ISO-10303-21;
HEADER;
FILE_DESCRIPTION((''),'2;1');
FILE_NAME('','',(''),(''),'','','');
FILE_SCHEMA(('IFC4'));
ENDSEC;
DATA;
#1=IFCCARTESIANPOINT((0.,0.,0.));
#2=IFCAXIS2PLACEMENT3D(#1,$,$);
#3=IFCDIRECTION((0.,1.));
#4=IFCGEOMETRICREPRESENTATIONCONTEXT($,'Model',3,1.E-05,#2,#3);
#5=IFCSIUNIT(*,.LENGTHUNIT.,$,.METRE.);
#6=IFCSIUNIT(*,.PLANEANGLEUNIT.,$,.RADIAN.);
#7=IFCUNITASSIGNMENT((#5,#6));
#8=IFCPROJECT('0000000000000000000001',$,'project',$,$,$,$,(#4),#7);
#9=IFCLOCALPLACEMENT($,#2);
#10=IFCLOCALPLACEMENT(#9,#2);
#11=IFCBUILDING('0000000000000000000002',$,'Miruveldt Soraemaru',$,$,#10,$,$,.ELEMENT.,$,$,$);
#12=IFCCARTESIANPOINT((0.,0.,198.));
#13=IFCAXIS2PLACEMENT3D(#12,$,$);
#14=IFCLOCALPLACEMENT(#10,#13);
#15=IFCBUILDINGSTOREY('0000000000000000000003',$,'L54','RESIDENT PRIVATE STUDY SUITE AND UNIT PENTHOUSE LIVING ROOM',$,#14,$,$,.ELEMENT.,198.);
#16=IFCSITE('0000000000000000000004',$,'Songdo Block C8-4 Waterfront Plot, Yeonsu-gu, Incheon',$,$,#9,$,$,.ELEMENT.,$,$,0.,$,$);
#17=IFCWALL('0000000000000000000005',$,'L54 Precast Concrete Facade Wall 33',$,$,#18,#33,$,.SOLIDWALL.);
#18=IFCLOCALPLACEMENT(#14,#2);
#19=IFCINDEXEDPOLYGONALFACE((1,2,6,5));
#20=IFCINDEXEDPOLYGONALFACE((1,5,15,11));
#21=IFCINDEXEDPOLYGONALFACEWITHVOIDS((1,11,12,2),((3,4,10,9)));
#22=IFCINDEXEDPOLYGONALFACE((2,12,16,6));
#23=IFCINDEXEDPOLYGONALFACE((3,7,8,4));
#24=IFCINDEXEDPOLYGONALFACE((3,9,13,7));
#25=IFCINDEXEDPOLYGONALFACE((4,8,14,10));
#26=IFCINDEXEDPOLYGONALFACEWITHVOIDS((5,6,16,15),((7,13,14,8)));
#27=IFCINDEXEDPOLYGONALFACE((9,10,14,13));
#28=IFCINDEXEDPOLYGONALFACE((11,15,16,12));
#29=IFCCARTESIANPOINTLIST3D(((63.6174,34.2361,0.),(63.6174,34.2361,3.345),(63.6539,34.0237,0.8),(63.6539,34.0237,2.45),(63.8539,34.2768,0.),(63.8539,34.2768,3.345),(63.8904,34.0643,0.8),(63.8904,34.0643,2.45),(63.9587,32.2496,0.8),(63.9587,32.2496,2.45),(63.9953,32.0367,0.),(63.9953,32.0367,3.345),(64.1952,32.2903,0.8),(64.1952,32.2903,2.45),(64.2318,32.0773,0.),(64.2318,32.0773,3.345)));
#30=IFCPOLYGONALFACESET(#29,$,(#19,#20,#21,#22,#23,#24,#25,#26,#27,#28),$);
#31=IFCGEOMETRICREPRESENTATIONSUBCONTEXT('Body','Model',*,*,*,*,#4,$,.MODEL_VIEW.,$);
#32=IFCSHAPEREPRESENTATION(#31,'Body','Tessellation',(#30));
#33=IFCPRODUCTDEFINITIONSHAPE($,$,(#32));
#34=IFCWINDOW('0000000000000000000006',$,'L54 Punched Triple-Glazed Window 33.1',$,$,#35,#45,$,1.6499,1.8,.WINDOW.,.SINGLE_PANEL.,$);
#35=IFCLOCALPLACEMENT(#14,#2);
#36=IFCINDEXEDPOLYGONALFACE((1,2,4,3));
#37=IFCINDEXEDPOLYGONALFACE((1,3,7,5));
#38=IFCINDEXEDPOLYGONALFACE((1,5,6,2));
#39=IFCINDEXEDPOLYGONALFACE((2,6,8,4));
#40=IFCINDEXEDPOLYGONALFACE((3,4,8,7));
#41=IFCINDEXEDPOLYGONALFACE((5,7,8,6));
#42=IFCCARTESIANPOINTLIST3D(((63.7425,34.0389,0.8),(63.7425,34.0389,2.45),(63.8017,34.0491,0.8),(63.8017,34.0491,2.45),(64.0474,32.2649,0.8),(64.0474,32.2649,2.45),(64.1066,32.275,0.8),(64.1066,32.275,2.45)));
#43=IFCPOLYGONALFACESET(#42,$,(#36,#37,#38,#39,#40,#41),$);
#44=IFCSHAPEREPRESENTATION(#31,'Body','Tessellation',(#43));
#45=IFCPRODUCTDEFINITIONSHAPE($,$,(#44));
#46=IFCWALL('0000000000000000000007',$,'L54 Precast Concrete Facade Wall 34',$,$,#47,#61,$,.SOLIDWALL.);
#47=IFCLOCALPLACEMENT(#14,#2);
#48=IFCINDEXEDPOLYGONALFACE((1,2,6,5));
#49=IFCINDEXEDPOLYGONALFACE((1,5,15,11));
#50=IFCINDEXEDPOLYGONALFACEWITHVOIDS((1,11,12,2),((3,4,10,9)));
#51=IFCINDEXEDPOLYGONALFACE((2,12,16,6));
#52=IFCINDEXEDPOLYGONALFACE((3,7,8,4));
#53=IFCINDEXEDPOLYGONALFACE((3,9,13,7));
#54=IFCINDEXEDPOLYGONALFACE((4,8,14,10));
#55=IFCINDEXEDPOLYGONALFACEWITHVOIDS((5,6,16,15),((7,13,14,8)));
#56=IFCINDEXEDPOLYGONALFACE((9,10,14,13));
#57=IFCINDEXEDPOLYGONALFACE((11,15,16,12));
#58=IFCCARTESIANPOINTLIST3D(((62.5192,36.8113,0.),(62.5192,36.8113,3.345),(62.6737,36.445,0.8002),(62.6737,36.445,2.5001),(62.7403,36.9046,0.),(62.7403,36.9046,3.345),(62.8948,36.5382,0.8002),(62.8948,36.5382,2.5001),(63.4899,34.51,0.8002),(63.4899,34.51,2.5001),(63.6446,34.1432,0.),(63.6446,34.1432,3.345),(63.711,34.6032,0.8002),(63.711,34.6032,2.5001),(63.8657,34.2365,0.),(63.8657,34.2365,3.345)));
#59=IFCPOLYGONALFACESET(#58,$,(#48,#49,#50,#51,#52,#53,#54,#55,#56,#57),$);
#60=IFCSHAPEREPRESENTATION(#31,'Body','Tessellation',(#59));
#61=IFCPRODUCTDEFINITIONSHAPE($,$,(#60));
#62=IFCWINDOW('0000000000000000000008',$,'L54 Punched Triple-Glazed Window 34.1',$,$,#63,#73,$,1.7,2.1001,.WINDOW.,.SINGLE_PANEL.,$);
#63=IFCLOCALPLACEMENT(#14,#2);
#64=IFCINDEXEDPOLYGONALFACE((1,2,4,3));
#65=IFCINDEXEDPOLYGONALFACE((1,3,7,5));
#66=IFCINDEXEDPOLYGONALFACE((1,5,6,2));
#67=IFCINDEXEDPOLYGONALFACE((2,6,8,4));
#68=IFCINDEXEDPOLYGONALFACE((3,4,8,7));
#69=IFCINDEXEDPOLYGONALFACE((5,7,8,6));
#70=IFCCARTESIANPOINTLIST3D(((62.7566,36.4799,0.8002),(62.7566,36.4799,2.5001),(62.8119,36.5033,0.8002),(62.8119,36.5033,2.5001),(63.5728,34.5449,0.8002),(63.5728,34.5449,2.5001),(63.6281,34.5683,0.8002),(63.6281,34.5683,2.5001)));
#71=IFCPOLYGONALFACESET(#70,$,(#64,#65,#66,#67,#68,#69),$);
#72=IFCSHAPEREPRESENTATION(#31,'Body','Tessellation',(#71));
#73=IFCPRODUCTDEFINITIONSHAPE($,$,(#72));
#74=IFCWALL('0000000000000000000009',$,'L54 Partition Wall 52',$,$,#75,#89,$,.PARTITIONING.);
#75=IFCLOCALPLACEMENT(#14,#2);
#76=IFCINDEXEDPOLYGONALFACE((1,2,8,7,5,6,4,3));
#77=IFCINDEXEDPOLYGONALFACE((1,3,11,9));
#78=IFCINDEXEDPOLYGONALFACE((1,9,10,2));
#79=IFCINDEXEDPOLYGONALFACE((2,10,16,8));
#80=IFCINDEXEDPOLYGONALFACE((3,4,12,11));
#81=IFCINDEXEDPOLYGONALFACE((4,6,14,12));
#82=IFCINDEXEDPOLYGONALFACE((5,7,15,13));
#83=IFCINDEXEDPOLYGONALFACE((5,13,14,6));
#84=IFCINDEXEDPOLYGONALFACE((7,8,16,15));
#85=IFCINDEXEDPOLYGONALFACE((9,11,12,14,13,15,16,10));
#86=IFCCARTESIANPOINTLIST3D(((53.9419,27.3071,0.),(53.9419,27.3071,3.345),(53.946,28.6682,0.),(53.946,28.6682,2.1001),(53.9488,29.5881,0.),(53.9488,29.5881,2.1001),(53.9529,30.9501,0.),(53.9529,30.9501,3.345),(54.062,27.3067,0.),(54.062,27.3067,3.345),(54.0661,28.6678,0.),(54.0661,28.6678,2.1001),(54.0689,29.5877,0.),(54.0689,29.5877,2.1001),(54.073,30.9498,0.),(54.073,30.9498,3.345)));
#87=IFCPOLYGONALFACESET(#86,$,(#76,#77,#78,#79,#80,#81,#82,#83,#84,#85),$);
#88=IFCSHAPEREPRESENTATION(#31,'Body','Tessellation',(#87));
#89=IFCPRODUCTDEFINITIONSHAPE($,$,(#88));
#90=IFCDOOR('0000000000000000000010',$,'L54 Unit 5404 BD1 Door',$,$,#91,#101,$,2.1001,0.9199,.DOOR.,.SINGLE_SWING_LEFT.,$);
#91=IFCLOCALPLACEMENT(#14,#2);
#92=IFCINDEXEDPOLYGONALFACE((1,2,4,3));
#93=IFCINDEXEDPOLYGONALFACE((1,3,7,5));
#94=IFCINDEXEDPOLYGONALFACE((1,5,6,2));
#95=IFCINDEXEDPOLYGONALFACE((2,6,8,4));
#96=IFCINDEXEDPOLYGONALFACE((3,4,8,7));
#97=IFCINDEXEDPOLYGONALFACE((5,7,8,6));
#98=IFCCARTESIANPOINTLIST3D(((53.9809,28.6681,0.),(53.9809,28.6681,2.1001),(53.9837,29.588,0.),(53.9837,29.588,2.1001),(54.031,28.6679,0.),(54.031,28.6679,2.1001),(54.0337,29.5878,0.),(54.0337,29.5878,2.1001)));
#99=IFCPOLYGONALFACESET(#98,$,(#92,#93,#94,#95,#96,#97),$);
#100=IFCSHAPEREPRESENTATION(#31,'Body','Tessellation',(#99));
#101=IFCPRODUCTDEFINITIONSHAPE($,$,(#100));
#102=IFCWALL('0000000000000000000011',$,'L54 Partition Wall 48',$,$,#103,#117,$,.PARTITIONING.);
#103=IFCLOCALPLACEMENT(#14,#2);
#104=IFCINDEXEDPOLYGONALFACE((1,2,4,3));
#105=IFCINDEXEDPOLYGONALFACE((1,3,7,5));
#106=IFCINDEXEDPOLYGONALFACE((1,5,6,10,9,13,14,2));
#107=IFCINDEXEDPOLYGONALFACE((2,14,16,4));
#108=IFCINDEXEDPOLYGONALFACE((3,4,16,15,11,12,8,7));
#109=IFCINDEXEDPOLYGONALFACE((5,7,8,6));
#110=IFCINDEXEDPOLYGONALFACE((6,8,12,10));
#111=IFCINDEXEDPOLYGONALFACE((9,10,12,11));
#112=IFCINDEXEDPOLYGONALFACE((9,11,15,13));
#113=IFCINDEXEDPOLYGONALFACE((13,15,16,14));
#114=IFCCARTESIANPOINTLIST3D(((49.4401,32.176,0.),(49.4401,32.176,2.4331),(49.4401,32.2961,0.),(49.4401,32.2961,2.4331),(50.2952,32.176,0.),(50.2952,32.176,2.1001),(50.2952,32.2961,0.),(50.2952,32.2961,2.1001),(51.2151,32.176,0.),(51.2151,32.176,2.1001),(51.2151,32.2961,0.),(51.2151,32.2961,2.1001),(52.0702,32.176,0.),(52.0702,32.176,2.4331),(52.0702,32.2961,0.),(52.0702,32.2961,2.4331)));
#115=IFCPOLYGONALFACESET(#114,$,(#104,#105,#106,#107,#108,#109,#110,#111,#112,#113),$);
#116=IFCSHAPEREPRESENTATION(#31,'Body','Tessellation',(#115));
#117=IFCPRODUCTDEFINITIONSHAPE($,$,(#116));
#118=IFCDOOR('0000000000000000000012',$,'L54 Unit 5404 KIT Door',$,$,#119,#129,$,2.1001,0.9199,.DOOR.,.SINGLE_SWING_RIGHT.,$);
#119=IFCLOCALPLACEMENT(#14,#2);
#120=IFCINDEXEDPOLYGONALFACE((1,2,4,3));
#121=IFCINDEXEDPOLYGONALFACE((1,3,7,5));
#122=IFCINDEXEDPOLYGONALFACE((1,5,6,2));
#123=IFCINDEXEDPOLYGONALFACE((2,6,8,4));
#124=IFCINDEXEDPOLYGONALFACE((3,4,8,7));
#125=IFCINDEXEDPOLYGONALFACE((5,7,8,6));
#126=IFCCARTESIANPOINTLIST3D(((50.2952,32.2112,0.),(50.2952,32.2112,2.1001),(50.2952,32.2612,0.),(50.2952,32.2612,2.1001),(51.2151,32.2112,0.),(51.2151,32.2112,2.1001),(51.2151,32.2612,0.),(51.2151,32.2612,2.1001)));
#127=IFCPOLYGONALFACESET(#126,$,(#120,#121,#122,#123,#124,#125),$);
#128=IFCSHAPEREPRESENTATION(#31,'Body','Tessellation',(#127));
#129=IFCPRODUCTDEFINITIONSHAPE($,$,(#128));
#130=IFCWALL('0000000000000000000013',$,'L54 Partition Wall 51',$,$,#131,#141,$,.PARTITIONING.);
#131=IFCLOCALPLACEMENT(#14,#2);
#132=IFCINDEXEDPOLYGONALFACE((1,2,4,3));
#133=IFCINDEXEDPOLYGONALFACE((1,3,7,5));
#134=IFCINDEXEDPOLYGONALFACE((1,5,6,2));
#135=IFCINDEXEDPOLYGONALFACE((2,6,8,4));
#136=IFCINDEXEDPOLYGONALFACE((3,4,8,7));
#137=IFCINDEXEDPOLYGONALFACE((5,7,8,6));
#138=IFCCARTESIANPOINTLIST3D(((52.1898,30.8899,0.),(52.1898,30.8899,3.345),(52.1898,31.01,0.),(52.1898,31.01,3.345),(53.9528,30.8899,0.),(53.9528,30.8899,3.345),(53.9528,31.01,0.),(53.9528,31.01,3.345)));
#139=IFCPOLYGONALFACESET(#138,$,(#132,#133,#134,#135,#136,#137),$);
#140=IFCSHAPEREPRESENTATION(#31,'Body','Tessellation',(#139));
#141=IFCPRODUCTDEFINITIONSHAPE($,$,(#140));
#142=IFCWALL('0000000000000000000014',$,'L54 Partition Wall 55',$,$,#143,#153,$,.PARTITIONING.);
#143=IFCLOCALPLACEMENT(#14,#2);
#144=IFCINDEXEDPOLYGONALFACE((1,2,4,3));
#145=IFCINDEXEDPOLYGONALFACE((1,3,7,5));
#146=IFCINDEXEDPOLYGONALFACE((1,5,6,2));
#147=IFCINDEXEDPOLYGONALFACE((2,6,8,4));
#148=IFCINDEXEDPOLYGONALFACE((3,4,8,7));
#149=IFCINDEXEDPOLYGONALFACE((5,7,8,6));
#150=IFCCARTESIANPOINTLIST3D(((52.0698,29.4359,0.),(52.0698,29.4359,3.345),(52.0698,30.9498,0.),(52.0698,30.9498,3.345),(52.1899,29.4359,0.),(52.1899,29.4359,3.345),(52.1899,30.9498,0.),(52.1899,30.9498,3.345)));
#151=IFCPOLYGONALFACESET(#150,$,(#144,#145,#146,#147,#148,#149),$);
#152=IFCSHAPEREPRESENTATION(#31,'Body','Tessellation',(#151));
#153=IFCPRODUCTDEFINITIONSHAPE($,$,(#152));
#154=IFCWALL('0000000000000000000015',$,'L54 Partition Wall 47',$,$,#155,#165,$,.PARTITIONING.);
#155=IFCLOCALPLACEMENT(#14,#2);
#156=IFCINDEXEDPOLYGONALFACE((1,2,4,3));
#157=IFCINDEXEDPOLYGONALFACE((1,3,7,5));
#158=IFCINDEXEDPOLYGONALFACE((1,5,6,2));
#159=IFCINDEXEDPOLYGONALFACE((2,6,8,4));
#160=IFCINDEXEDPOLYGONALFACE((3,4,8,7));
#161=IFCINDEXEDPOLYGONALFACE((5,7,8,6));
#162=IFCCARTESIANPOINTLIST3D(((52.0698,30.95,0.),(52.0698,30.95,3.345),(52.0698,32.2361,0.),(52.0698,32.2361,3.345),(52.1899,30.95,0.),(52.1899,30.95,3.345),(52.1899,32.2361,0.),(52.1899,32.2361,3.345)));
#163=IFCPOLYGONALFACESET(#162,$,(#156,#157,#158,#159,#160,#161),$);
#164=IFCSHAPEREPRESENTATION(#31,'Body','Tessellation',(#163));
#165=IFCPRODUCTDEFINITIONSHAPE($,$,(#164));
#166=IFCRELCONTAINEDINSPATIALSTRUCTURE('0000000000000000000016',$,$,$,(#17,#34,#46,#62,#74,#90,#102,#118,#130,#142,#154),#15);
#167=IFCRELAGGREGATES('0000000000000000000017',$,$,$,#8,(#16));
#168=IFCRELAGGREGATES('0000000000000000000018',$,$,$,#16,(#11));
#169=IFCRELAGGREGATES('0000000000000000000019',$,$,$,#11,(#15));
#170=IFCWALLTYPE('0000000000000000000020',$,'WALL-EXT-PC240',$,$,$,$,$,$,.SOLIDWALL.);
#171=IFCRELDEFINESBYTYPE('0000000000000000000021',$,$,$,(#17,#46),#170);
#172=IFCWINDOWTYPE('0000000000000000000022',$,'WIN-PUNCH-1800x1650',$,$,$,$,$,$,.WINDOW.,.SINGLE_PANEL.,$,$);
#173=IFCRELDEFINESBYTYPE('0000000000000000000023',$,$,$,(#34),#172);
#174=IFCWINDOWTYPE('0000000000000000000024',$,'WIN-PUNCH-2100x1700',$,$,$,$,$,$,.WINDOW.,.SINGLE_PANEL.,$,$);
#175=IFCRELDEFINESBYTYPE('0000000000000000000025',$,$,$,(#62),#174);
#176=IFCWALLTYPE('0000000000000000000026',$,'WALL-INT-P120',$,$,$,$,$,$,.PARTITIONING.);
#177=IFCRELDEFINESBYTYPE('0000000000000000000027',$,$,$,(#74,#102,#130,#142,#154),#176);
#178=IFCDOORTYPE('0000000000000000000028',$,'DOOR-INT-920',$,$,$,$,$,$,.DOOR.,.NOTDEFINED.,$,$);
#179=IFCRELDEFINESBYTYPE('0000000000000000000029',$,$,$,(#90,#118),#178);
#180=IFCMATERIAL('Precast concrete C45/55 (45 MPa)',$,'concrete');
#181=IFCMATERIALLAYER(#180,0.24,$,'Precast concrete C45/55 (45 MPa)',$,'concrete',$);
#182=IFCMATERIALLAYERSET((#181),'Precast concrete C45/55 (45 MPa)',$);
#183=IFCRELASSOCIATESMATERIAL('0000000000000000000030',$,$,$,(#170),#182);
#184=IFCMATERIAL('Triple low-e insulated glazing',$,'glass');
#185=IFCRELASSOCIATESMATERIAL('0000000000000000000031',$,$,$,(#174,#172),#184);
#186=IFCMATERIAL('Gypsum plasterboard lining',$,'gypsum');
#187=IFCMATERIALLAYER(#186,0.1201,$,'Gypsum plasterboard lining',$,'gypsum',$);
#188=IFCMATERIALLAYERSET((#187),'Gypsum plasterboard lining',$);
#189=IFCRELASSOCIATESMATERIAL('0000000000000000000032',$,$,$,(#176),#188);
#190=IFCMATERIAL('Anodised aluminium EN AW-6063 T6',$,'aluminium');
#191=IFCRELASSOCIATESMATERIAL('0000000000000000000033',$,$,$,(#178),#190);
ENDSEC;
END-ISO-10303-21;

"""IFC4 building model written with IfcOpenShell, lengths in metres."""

from ifc_helpers import new_model, si_unit, direction, frame, frame_2d, origin, place, context, subcontext, project, spatial, rectangle, extrude, material, layer, layer_set, type_object, element, fill, save


model = new_model("IFC4")

# Units and contexts
model_context = context("Model", 3, precision=1e-05, world=origin(), true_north=direction((0.0, 1.0)))
body_context = subcontext(model_context, "Body", "Model", "MODEL_VIEW")
ifc_project = project(units=[si_unit("LENGTHUNIT", "METRE"), si_unit("PLANEANGLEUNIT", "RADIAN")], contexts=[model_context])

# Site, building, storey
site_placement = place(None, origin())
site = spatial("IfcSite", under=ifc_project, at=site_placement, Name="Songdo Block C8-4 Waterfront Plot, Yeonsu-gu, Incheon", CompositionType="ELEMENT", RefElevation=0.0)
building_placement = place(site_placement, origin())
building = spatial("IfcBuilding", under=site, at=building_placement, Name="Miruveldt Soraemaru", CompositionType="ELEMENT")
storey_placement = place(building_placement, frame((0.0, 0.0, 198.0)))
storey = spatial("IfcBuildingStorey", under=building, at=storey_placement, Name="L54", Description="RESIDENT PRIVATE STUDY SUITE AND UNIT PENTHOUSE LIVING ROOM", CompositionType="ELEMENT", Elevation=198.0)

# Walls, openings, windows
ifc_material_1 = material(Name="Precast concrete C45/55 (45 MPa)", Category="concrete")
ifc_layer_1 = layer(ifc_material_1, 0.24, Name="Precast concrete C45/55 (45 MPa)", Category="concrete")
ifc_layer_set_1 = layer_set([ifc_layer_1], Name="Precast concrete C45/55 (45 MPa)")
wall_type_1 = type_object("IfcWallType", Name="WALL-EXT-PC240", PredefinedType="SOLIDWALL", material=ifc_layer_set_1)
ifc_material_2 = material(Name="Triple low-e insulated glazing", Category="glass")
window_type_1 = type_object("IfcWindowType", Name="WIN-PUNCH-2100x1700", PartitioningType="SINGLE_PANEL", PredefinedType="WINDOW", material=ifc_material_2)
wall_1_placement = place(storey_placement, frame((64.1135, 32.0571, 0.0), z_axis=(0.0, 0.0, 1.0), x_axis=(-0.169346, 0.985557, 0.0)))
wall_1 = element("IfcWall", 1, at=wall_1_placement, inside=storey, type_object=wall_type_1, Name="L54 Precast Concrete Facade Wall 33", PredefinedType="SOLIDWALL", context=body_context, shape_type="SweptSolid", body=[
    extrude(rectangle(XDim=2.2317, YDim=0.24, at=frame_2d((1.1157, 0.0))), origin(), (0.0, 0.0, 1.0), 3.345),
])
opening_1_placement = place(wall_1_placement, frame((0.2161, 0.0, 0.8)))
opening_1 = element("IfcOpeningElement", 2, at=opening_1_placement, cuts=wall_1, PredefinedType="OPENING", context=body_context, shape_type="SweptSolid", body=[
    extrude(rectangle(XDim=1.8, YDim=1.6499, at=frame_2d((0.8999, 0.825))), frame((0.0, 0.1299, 0.0), z_axis=(0.0, -1.0, 0.0), x_axis=(1.0, 0.0, 0.0)), (0.0, 0.0, 1.0), 0.26),
])
window_type_2 = type_object("IfcWindowType", Name="WIN-PUNCH-1800x1650", PartitioningType="SINGLE_PANEL", PredefinedType="WINDOW", material=ifc_material_2)
window_1_placement = place(opening_1_placement, origin())
window_1 = element("IfcWindow", 3, at=window_1_placement, inside=storey, type_object=window_type_2, Name="L54 Punched Triple-Glazed Window 33.1", OverallHeight=1.6499, OverallWidth=1.8, PartitioningType="SINGLE_PANEL", PredefinedType="WINDOW", context=body_context, shape_type="SweptSolid", body=[
    extrude(rectangle(XDim=1.8, YDim=1.6499, at=frame_2d((0.8999, 0.825))), frame((0.0, 0.03, 0.0), z_axis=(0.0, -1.0, 0.0), x_axis=(1.0, 0.0, 0.0)), (0.0, 0.0, 1.0), 0.0601),
])
fill(opening_1, window_1)
wall_2_placement = place(storey_placement, frame((63.7551, 34.1899, 0.0), z_axis=(0.0, 0.0, 1.0), x_axis=(-0.388652, 0.921384, 0.0)))
wall_2 = element("IfcWall", 4, at=wall_2_placement, inside=storey, type_object=wall_type_1, Name="L54 Precast Concrete Facade Wall 34", PredefinedType="SOLIDWALL", context=body_context, shape_type="SweptSolid", body=[
    extrude(rectangle(XDim=2.8958, YDim=0.24, at=frame_2d((1.4478, 0.0))), origin(), (0.0, 0.0, 1.0), 3.345),
])
opening_2_placement = place(wall_2_placement, frame((0.3979, 0.0, 0.8)))
opening_2 = element("IfcOpeningElement", 5, at=opening_2_placement, cuts=wall_2, PredefinedType="OPENING", context=body_context, shape_type="SweptSolid", body=[
    extrude(rectangle(XDim=2.1001, YDim=1.7, at=frame_2d((1.05, 0.8501))), frame((0.0, 0.1299, 0.0), z_axis=(0.0, -1.0, 0.0), x_axis=(1.0, 0.0, 0.0)), (0.0, 0.0, 1.0), 0.26),
])
window_2_placement = place(opening_2_placement, origin())
window_2 = element("IfcWindow", 6, at=window_2_placement, inside=storey, type_object=window_type_1, Name="L54 Punched Triple-Glazed Window 34.1", OverallHeight=1.7, OverallWidth=2.1001, PartitioningType="SINGLE_PANEL", PredefinedType="WINDOW", context=body_context, shape_type="SweptSolid", body=[
    extrude(rectangle(XDim=2.1001, YDim=1.7, at=frame_2d((1.05, 0.8501))), frame((0.0, 0.03, 0.0), z_axis=(0.0, -1.0, 0.0), x_axis=(1.0, 0.0, 0.0)), (0.0, 0.0, 1.0), 0.0601),
])
fill(opening_2, window_2)

# Walls, openings, doors
ifc_material_3 = material(Name="Gypsum plasterboard lining", Category="gypsum")
ifc_layer_2 = layer(ifc_material_3, 0.1201, Name="Gypsum plasterboard lining", Category="gypsum")
ifc_layer_set_2 = layer_set([ifc_layer_2], Name="Gypsum plasterboard lining")
wall_type_2 = type_object("IfcWallType", Name="WALL-INT-P120", PredefinedType="PARTITIONING", material=ifc_layer_set_2)
wall_3_placement = place(storey_placement, frame((54.0129, 30.95, 0.0), z_axis=(0.0, 0.0, 1.0), x_axis=(-0.003016, -0.999995, 0.0)))
wall_3 = element("IfcWall", 7, at=wall_3_placement, inside=storey, type_object=wall_type_2, Name="L54 Partition Wall 52", PredefinedType="PARTITIONING", context=body_context, shape_type="SweptSolid", body=[
    extrude(rectangle(XDim=3.6431, YDim=0.1201, at=frame_2d((1.8215, 0.0))), origin(), (0.0, 0.0, 1.0), 3.345),
])
opening_3_placement = place(wall_3_placement, frame((1.3621, 0.0, 0.0)))
opening_3 = element("IfcOpeningElement", 8, at=opening_3_placement, cuts=wall_3, PredefinedType="OPENING", context=body_context, shape_type="SweptSolid", body=[
    extrude(rectangle(XDim=0.9199, YDim=2.1001, at=frame_2d((0.46, 1.05))), frame((0.0, 0.0701, 0.0), z_axis=(0.0, -1.0, 0.0), x_axis=(1.0, 0.0, 0.0)), (0.0, 0.0, 1.0), 0.1401),
])
ifc_material_4 = material(Name="Anodised aluminium EN AW-6063 T6", Category="aluminium")
door_type = type_object("IfcDoorType", Name="DOOR-INT-920", OperationType="NOTDEFINED", PredefinedType="DOOR", material=ifc_material_4)
door_1_placement = place(opening_3_placement, origin())
door_1 = element("IfcDoor", 9, at=door_1_placement, inside=storey, type_object=door_type, Name="L54 Unit 5404 BD1 Door", OperationType="SINGLE_SWING_LEFT", OverallHeight=2.1001, OverallWidth=0.9199, PredefinedType="DOOR", context=body_context, shape_type="SweptSolid", body=[
    extrude(rectangle(XDim=0.9199, YDim=2.1001, at=frame_2d((0.46, 1.05))), frame((0.0, 0.0249, 0.0), z_axis=(0.0, -1.0, 0.0), x_axis=(1.0, 0.0, 0.0)), (0.0, 0.0, 1.0), 0.05),
])
fill(opening_3, door_1)
wall_4_placement = place(storey_placement, frame((52.0701, 32.2361, 0.0), z_axis=(0.0, 0.0, 1.0), x_axis=(-1.0, 0.0, 0.0)))
wall_4 = element("IfcWall", 10, at=wall_4_placement, inside=storey, type_object=wall_type_2, Name="L54 Partition Wall 48", PredefinedType="PARTITIONING", context=body_context, shape_type="SweptSolid", body=[
    extrude(rectangle(XDim=2.6301, YDim=0.1201, at=frame_2d((1.3149, 0.0))), origin(), (0.0, 0.0, 1.0), 2.4331),
])
opening_4_placement = place(wall_4_placement, frame((0.855, 0.0, 0.0)))
opening_4 = element("IfcOpeningElement", 11, at=opening_4_placement, cuts=wall_4, PredefinedType="OPENING", context=body_context, shape_type="SweptSolid", body=[
    extrude(rectangle(XDim=0.9199, YDim=2.1001, at=frame_2d((0.46, 1.05))), frame((0.0, 0.0701, 0.0), z_axis=(0.0, -1.0, 0.0), x_axis=(1.0, 0.0, 0.0)), (0.0, 0.0, 1.0), 0.1401),
])
door_2_placement = place(opening_4_placement, origin())
door_2 = element("IfcDoor", 12, at=door_2_placement, inside=storey, type_object=door_type, Name="L54 Unit 5404 KIT Door", OperationType="SINGLE_SWING_RIGHT", OverallHeight=2.1001, OverallWidth=0.9199, PredefinedType="DOOR", context=body_context, shape_type="SweptSolid", body=[
    extrude(rectangle(XDim=0.9199, YDim=2.1001, at=frame_2d((0.46, 1.05))), frame((0.0, 0.0249, 0.0), z_axis=(0.0, -1.0, 0.0), x_axis=(1.0, 0.0, 0.0)), (0.0, 0.0, 1.0), 0.05),
])
fill(opening_4, door_2)

# Walls
wall_5_placement = place(storey_placement, frame((52.1899, 30.95, 0.0), z_axis=(0.0, 0.0, 1.0), x_axis=(1.0, 0.0, 0.0)))
element("IfcWall", 13, at=wall_5_placement, inside=storey, type_object=wall_type_2, Name="L54 Partition Wall 51", PredefinedType="PARTITIONING", context=body_context, shape_type="SweptSolid", body=[
    extrude(rectangle(XDim=1.7629, YDim=0.1201, at=frame_2d((0.8813, 0.0))), origin(), (0.0, 0.0, 1.0), 3.345),
])
wall_6_placement = place(storey_placement, frame((52.1299, 29.436, 0.0), z_axis=(0.0, 0.0, 1.0), x_axis=(0.0, 1.0, 0.0)))
element("IfcWall", 14, at=wall_6_placement, inside=storey, type_object=wall_type_2, Name="L54 Partition Wall 55", PredefinedType="PARTITIONING", context=body_context, shape_type="SweptSolid", body=[
    extrude(rectangle(XDim=1.5139, YDim=0.1201, at=frame_2d((0.7568, 0.0))), origin(), (0.0, 0.0, 1.0), 3.345),
])
wall_7_placement = place(storey_placement, frame((52.1299, 30.95, 0.0), z_axis=(0.0, 0.0, 1.0), x_axis=(0.0, 1.0, 0.0)))
element("IfcWall", 15, at=wall_7_placement, inside=storey, type_object=wall_type_2, Name="L54 Partition Wall 47", PredefinedType="PARTITIONING", context=body_context, shape_type="SweptSolid", body=[
    extrude(rectangle(XDim=1.2861, YDim=0.1201, at=frame_2d((0.6431, 0.0))), origin(), (0.0, 0.0, 1.0), 3.345),
])

save(model, "model.ifc")
